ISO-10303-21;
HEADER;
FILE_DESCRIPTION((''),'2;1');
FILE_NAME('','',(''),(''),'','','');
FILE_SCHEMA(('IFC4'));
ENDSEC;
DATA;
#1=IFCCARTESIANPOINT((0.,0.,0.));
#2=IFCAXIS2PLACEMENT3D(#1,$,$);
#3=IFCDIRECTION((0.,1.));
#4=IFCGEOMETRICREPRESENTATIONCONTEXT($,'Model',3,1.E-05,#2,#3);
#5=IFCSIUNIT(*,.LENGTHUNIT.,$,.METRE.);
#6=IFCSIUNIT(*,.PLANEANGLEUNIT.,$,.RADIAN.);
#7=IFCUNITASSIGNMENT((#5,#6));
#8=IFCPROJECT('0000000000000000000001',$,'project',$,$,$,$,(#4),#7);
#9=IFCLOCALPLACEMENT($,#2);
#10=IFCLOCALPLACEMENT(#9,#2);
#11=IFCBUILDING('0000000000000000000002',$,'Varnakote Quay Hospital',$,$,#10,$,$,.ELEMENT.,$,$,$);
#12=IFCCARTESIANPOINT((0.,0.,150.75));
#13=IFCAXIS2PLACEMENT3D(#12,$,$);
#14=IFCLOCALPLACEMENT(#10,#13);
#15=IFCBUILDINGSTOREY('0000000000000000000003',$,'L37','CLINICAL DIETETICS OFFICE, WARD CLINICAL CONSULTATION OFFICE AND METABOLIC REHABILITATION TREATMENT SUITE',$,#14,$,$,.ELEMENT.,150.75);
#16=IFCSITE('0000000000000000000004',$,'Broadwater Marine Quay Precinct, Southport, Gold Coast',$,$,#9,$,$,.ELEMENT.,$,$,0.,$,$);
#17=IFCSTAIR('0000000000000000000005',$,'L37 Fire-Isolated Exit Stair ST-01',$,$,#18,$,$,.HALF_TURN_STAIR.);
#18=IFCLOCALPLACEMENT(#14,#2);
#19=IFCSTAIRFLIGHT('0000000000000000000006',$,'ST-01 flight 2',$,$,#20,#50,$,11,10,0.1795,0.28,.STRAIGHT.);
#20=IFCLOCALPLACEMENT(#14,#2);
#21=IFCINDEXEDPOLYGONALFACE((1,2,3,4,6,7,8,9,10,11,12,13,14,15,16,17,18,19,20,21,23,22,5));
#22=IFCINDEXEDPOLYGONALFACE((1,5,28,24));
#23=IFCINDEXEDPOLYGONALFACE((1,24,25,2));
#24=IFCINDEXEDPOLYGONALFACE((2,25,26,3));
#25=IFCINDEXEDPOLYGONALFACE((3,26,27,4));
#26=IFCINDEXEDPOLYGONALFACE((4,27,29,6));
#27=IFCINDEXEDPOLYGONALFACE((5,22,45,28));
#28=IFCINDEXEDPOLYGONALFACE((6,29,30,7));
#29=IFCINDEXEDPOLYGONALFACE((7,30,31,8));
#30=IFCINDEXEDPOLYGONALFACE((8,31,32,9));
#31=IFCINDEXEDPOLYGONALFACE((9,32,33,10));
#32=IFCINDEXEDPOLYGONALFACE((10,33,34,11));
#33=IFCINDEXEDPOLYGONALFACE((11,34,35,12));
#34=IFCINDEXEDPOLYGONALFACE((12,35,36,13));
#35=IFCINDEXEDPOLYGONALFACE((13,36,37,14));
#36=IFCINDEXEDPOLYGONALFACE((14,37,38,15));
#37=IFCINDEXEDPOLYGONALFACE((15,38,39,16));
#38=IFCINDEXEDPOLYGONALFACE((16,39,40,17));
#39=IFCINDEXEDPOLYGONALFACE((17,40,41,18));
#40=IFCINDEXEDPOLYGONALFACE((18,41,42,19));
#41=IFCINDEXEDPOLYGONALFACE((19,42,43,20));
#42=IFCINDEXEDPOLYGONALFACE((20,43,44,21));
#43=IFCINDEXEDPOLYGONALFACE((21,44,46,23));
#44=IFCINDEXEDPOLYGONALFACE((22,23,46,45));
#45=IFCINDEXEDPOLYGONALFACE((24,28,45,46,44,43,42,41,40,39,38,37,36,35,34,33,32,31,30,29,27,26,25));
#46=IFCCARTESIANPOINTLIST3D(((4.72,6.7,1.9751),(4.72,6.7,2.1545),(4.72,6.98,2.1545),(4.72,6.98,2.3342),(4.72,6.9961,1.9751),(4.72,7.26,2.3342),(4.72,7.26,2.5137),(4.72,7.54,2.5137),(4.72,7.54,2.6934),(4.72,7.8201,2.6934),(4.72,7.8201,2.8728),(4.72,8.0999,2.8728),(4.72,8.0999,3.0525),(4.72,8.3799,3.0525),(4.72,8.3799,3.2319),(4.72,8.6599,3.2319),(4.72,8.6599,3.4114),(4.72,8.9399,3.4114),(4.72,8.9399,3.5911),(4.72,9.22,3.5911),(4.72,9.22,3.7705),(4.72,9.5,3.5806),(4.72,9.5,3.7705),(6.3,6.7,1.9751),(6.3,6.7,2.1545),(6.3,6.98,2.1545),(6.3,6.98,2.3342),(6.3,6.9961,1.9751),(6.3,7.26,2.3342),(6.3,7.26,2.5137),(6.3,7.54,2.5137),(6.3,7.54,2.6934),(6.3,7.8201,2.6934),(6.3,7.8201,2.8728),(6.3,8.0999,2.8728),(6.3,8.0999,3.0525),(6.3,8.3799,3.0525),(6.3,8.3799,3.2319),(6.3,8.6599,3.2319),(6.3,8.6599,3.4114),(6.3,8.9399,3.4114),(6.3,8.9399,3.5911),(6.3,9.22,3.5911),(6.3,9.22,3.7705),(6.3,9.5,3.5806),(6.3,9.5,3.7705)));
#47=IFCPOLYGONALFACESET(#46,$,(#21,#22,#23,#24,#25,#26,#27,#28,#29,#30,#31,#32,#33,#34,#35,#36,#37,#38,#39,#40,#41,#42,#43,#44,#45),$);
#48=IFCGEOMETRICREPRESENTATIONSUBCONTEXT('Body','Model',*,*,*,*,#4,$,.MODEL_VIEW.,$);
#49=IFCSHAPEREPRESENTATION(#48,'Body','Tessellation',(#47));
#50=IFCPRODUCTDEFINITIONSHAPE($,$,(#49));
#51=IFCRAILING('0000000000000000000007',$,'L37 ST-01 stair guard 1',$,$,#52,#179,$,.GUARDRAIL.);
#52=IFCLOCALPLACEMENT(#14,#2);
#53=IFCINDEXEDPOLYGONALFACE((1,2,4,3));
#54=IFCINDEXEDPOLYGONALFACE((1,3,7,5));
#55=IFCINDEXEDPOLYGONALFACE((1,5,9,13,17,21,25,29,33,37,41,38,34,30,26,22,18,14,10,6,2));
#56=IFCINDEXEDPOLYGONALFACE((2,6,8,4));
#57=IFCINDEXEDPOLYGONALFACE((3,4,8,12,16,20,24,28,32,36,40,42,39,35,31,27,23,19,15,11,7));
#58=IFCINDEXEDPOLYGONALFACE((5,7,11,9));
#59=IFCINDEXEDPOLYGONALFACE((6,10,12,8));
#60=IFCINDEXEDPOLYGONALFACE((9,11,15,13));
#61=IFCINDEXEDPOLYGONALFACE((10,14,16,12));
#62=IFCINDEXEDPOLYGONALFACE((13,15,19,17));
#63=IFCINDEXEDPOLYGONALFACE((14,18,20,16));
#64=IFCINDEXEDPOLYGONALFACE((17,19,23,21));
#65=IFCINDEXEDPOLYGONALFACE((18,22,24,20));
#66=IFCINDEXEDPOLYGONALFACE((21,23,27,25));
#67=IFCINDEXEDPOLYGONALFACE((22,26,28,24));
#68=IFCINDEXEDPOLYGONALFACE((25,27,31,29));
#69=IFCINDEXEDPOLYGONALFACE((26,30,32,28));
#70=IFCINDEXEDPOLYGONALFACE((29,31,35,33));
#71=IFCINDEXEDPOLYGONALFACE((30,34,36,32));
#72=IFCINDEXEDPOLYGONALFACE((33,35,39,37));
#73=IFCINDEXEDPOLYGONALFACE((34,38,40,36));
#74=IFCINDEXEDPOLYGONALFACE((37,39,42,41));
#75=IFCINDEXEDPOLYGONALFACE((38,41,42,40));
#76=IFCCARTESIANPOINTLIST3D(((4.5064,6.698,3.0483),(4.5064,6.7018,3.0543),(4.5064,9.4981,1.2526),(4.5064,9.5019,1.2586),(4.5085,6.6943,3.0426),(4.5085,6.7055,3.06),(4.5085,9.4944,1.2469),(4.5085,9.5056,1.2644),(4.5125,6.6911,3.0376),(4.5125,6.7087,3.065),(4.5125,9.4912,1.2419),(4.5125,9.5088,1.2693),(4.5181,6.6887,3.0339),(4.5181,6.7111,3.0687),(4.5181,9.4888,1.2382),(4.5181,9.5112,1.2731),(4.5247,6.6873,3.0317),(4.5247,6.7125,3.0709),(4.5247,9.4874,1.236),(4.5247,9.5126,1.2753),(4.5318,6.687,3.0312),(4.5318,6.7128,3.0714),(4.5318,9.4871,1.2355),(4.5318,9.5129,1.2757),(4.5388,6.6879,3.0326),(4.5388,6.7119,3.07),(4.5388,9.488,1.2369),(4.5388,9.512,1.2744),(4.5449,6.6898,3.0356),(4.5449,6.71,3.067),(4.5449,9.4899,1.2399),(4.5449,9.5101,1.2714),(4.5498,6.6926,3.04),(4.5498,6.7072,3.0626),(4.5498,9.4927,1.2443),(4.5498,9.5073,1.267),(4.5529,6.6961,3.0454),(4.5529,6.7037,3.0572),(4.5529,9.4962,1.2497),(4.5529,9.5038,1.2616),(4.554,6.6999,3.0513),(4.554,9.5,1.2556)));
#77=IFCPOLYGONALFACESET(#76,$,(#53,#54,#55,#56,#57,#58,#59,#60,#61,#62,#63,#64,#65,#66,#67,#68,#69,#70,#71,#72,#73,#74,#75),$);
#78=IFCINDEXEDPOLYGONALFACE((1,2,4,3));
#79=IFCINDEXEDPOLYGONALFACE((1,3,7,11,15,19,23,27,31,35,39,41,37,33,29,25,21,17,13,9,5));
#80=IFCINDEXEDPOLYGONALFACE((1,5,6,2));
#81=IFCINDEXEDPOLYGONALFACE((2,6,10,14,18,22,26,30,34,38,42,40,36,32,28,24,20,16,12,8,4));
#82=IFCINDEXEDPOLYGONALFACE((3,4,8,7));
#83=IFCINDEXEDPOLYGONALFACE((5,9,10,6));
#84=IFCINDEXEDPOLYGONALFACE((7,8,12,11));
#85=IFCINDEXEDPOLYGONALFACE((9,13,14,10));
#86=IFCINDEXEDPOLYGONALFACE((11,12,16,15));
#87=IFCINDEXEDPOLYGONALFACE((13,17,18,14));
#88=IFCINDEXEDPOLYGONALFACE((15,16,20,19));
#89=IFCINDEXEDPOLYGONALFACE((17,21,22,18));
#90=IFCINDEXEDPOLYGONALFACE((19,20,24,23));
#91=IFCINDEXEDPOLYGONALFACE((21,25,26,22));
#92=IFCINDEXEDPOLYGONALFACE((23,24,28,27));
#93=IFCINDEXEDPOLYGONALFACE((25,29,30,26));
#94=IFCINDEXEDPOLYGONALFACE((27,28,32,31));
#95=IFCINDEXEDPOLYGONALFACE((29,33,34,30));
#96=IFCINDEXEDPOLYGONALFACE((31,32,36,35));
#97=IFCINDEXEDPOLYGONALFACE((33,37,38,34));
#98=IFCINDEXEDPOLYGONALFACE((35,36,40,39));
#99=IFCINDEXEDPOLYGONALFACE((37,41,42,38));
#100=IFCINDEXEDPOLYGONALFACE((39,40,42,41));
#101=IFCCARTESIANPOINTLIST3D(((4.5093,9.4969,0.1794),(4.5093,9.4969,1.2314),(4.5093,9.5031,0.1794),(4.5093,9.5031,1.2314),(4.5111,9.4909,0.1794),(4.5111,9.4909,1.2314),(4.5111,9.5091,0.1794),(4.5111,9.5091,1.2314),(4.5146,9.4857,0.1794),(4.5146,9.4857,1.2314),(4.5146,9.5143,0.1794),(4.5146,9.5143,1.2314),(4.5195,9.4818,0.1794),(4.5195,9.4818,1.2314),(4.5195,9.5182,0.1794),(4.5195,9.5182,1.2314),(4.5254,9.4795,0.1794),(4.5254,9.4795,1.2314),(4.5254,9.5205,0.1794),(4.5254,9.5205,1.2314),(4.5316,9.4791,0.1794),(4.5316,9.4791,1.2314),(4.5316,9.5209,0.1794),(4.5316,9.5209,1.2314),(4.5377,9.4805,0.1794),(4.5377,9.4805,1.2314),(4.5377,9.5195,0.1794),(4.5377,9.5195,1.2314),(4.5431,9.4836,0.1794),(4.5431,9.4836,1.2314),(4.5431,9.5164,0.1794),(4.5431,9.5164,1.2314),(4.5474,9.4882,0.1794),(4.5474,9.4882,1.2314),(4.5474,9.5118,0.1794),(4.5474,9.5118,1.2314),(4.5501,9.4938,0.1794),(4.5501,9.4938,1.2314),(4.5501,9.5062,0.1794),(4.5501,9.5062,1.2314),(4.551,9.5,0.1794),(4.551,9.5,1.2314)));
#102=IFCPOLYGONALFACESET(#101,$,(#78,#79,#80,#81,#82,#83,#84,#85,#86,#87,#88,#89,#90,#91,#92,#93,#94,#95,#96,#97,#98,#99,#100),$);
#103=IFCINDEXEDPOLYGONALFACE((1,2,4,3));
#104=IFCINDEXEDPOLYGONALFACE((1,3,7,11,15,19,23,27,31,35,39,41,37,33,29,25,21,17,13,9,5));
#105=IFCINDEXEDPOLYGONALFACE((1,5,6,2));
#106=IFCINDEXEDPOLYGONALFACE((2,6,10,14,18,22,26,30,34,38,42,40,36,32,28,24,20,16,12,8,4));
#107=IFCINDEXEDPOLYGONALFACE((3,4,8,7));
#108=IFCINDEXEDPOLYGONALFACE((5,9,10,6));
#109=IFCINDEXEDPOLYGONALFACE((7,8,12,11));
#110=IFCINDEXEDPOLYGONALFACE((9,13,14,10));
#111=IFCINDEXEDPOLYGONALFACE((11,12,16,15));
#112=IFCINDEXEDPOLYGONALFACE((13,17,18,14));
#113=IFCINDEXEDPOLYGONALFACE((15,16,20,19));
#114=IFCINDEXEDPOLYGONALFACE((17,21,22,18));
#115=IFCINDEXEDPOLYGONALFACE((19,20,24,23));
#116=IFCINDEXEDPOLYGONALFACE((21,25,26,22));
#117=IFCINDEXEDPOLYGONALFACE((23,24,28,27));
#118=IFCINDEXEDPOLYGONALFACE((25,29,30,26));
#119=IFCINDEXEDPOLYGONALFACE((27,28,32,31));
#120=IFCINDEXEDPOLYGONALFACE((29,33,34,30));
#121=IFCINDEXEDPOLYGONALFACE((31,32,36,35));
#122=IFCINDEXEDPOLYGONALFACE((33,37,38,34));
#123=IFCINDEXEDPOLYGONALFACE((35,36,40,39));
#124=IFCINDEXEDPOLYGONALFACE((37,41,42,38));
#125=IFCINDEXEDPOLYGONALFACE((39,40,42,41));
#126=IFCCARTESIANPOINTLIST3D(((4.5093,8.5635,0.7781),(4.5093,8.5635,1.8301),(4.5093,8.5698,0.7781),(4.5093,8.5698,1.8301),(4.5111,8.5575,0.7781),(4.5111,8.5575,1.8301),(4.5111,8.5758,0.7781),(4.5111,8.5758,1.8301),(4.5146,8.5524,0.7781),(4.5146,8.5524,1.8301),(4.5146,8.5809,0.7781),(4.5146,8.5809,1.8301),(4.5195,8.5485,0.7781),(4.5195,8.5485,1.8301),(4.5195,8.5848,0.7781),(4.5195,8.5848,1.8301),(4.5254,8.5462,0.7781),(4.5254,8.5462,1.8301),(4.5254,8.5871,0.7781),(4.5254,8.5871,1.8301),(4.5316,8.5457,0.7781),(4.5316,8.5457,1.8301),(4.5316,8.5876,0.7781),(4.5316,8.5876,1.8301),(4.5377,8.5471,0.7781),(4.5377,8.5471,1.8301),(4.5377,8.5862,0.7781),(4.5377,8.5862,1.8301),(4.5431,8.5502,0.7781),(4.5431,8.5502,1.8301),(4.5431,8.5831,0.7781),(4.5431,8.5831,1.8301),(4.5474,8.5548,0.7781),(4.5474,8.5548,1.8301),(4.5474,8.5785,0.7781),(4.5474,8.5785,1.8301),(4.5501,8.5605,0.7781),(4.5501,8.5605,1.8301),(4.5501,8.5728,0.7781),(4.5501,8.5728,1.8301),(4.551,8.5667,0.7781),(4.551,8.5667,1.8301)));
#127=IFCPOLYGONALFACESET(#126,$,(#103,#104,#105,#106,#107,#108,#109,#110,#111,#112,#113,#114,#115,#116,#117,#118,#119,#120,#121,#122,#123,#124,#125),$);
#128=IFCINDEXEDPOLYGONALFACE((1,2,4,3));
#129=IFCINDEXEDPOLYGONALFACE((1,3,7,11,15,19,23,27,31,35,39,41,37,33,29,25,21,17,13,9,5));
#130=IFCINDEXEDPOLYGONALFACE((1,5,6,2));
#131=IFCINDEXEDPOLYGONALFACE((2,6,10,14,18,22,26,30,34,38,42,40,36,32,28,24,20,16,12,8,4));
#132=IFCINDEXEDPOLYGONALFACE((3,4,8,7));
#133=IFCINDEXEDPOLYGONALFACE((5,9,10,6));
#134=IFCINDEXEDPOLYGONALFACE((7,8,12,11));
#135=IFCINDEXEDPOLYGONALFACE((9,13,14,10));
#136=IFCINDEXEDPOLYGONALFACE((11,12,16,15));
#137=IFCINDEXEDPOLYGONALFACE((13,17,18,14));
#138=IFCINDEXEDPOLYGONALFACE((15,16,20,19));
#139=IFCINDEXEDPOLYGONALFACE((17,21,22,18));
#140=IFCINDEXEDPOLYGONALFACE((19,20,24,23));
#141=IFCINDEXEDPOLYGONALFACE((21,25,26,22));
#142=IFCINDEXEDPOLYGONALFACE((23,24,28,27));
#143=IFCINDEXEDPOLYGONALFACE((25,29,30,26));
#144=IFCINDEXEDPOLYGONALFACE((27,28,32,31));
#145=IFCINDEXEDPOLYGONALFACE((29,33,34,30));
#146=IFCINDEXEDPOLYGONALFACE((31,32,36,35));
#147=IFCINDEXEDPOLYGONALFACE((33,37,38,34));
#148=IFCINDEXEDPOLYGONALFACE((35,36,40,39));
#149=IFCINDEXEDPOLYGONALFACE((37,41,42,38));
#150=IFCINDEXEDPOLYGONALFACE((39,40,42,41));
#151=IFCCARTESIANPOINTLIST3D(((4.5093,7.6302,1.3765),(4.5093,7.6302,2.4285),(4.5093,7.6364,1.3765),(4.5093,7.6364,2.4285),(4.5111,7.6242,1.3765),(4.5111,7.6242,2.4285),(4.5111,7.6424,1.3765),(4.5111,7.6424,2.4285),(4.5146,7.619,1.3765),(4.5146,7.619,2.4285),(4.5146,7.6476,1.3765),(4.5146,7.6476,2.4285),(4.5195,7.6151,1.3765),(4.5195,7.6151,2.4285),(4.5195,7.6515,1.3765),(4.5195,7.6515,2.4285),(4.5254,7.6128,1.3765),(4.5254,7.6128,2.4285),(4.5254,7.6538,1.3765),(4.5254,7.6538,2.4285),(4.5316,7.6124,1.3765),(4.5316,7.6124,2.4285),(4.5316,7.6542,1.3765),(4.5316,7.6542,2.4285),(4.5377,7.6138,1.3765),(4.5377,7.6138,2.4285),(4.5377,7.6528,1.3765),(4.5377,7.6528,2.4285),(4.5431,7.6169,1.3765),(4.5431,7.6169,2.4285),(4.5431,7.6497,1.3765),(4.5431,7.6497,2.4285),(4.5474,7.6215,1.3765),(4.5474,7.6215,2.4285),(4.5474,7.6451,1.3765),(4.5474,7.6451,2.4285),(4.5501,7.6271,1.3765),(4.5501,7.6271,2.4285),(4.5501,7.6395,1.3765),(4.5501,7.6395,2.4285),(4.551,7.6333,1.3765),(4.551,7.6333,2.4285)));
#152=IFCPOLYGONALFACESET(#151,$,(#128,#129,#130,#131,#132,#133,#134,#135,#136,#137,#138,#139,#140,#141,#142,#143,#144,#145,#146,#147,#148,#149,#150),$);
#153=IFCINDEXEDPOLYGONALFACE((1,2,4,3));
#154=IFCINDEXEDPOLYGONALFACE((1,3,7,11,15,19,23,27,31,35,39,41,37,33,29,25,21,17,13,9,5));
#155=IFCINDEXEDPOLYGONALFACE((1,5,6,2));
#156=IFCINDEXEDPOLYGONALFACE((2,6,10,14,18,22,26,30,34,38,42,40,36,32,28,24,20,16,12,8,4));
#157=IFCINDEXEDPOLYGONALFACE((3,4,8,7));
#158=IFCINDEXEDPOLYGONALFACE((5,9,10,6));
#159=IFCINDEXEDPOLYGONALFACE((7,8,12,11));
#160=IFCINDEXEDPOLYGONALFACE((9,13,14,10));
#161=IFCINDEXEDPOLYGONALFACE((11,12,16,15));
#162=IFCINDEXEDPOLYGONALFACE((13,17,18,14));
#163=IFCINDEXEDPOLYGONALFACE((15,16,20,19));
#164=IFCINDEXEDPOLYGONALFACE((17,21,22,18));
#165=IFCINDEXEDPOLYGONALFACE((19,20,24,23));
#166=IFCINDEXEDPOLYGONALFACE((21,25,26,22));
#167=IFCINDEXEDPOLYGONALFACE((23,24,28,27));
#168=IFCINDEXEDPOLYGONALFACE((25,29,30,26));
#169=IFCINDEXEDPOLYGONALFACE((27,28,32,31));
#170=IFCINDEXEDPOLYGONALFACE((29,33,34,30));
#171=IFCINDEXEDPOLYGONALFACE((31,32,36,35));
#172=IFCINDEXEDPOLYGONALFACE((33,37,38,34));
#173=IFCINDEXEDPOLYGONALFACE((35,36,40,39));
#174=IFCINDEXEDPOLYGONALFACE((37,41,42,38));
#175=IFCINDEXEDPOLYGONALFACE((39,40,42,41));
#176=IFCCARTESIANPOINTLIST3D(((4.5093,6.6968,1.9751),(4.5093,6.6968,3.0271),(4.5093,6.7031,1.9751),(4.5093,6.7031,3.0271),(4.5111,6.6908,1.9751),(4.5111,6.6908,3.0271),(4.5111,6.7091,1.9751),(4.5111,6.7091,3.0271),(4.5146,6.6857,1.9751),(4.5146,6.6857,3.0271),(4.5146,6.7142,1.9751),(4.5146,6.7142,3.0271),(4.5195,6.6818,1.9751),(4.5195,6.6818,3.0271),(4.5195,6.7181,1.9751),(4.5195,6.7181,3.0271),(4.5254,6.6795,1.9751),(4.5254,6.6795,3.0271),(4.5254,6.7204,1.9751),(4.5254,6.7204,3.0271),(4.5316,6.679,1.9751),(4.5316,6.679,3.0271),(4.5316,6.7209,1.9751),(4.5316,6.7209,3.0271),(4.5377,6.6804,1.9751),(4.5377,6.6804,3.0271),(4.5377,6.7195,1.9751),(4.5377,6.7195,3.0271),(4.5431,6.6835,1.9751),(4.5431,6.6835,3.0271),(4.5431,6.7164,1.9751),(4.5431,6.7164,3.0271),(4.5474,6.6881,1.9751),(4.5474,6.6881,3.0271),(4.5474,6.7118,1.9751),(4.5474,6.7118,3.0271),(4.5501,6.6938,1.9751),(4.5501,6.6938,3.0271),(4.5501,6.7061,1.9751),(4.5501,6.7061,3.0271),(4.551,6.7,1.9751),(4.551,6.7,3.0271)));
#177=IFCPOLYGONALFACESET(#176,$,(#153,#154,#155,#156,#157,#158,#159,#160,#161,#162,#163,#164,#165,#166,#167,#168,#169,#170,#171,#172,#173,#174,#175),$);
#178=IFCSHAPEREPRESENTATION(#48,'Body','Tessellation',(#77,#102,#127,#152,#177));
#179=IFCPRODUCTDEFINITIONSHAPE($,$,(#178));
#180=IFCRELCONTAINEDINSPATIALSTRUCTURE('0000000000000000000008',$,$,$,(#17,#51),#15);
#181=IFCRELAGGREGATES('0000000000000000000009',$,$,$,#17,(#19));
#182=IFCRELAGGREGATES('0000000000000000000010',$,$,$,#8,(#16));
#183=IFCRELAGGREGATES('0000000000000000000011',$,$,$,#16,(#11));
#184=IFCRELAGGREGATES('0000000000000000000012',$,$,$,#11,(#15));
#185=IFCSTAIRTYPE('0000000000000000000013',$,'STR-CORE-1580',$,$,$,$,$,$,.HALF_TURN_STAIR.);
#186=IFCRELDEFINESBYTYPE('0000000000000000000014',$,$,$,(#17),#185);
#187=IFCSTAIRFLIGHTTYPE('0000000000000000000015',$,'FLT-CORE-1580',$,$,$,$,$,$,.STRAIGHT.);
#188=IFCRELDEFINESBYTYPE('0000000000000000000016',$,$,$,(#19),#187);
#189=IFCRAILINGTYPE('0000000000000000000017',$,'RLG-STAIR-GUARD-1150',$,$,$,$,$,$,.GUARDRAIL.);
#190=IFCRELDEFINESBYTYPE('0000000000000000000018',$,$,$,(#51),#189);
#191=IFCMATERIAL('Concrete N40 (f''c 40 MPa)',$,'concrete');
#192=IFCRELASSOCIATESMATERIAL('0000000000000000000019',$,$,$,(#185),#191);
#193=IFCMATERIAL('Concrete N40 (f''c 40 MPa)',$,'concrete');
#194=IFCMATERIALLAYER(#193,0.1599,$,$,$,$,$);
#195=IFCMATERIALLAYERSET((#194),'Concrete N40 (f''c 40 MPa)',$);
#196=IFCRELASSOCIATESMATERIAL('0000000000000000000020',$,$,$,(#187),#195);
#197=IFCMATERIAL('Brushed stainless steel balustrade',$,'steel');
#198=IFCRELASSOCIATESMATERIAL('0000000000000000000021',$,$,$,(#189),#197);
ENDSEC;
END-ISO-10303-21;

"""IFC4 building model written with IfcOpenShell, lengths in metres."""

from ifc_helpers import new_model, si_unit, direction, frame, origin, origin_2d, place, context, subcontext, project, spatial, polyline, circle, outline, extrude, material, layer, layer_set, type_object, element, aggregate, save


model = new_model("IFC4")

# Units and contexts
model_context = context("Model", 3, precision=1e-05, world=origin(), true_north=direction((0.0, 1.0)))
body_context = subcontext(model_context, "Body", "Model", "MODEL_VIEW")
ifc_project = project(units=[si_unit("LENGTHUNIT", "METRE"), si_unit("PLANEANGLEUNIT", "RADIAN")], contexts=[model_context])

# Site, building, storey
site_placement = place(None, origin())
site = spatial("IfcSite", under=ifc_project, at=site_placement, Name="Broadwater Marine Quay Precinct, Southport, Gold Coast", CompositionType="ELEMENT", RefElevation=0.0)
building_placement = place(site_placement, origin())
building = spatial("IfcBuilding", under=site, at=building_placement, Name="Varnakote Quay Hospital", CompositionType="ELEMENT")
storey_placement = place(building_placement, frame((0.0, 0.0, 150.75)))
storey = spatial("IfcBuildingStorey", under=building, at=storey_placement, Name="L37", Description="CLINICAL DIETETICS OFFICE, WARD CLINICAL CONSULTATION OFFICE AND METABOLIC REHABILITATION TREATMENT SUITE", CompositionType="ELEMENT", Elevation=150.75)

# Stair, stair flight
ifc_material_1 = material(Name="Concrete N40 (f'c 40 MPa)", Category="concrete")
stair_type = type_object("IfcStairType", Name="STR-CORE-1580", PredefinedType="HALF_TURN_STAIR", material=ifc_material_1)
stair_placement = place(storey_placement, origin())
stair = element("IfcStair", 1, at=stair_placement, inside=storey, type_object=stair_type, Name="L37 Fire-Isolated Exit Stair ST-01", PredefinedType="HALF_TURN_STAIR")
ifc_material_2 = material(Name="Concrete N40 (f'c 40 MPa)", Category="concrete")
ifc_layer_1 = layer(ifc_material_2, 0.1599)
ifc_layer_set_1 = layer_set([ifc_layer_1], Name="Concrete N40 (f'c 40 MPa)")
stair_flight_type = type_object("IfcStairFlightType", Name="FLT-CORE-1580", PredefinedType="STRAIGHT", material=ifc_layer_set_1)
stair_flight_1_placement = place(storey_placement, frame((5.51, 6.7, 1.9751), z_axis=(0.0, 0.0, 1.0), x_axis=(0.0, 1.0, 0.0)))
stair_flight_1 = element("IfcStairFlight", 2, at=stair_flight_1_placement, type_object=stair_flight_type, Name="ST-01 flight 2", NumberOfRisers=11, NumberOfTreads=10, PredefinedType="STRAIGHT", RiserHeight=0.1795, TreadLength=0.28, context=body_context, shape_type="SweptSolid", body=[
    extrude(outline(polyline([(0.0, 0.0), (0.0, 0.1794), (0.28, 0.1794), (0.28, 0.3591), (0.5601, 0.3591), (0.5601, 0.5386), (0.8401, 0.5386), (0.8401, 0.7183), (1.1201, 0.7183), (1.1201, 0.8977), (1.3999, 0.8977), (1.3999, 1.0774), (1.6799, 1.0774), (1.6799, 1.2568), (1.96, 1.2568), (1.96, 1.4363), (2.24, 1.4363), (2.24, 1.616), (2.52, 1.616), (2.52, 1.7954), (2.8, 1.7954), (2.8, 1.9751), (2.8, 1.6055), (0.2961, 0.0), (0.0, 0.0)])), frame((0.0, 0.79, 0.0), z_axis=(0.0, -1.0, 0.0), x_axis=(1.0, 0.0, 0.0)), (0.0, 0.0, 1.0), 1.5801),
])
aggregate(stair, [stair_flight_1])

# Railing
ifc_material_3 = material(Name="Brushed stainless steel balustrade", Category="steel")
railing_type_1 = type_object("IfcRailingType", Name="RLG-STAIR-GUARD-1150", PredefinedType="GUARDRAIL", material=ifc_material_3)
railing_1_placement = place(storey_placement, frame((4.53, 9.5, 0.1794)))
element("IfcRailing", 3, at=railing_1_placement, inside=storey, type_object=railing_type_1, Name="L37 ST-01 stair guard 1", PredefinedType="GUARDRAIL", context=body_context, shape_type="SweptSolid", body=[
    extrude(circle(Radius=0.0239, at=origin_2d()), frame((0.0, 0.0, 1.0762), z_axis=(0.0, -0.841777, 0.539826), x_axis=(1.0, 0.0, 0.0)), (0.0, 0.0, 1.0), 3.3264),
    extrude(circle(Radius=0.021, at=origin_2d()), origin(), (0.0, 0.0, 1.0), 1.052),
    extrude(circle(Radius=0.021, at=origin_2d()), frame((0.0, -0.9333, 0.5986)), (0.0, 0.0, 1.0), 1.052),
    extrude(circle(Radius=0.021, at=origin_2d()), frame((0.0, -1.8667, 1.197)), (0.0, 0.0, 1.0), 1.052),
    extrude(circle(Radius=0.021, at=origin_2d()), frame((0.0, -2.8, 1.7957)), (0.0, 0.0, 1.0), 1.052),
])

save(model, "model.ifc")
